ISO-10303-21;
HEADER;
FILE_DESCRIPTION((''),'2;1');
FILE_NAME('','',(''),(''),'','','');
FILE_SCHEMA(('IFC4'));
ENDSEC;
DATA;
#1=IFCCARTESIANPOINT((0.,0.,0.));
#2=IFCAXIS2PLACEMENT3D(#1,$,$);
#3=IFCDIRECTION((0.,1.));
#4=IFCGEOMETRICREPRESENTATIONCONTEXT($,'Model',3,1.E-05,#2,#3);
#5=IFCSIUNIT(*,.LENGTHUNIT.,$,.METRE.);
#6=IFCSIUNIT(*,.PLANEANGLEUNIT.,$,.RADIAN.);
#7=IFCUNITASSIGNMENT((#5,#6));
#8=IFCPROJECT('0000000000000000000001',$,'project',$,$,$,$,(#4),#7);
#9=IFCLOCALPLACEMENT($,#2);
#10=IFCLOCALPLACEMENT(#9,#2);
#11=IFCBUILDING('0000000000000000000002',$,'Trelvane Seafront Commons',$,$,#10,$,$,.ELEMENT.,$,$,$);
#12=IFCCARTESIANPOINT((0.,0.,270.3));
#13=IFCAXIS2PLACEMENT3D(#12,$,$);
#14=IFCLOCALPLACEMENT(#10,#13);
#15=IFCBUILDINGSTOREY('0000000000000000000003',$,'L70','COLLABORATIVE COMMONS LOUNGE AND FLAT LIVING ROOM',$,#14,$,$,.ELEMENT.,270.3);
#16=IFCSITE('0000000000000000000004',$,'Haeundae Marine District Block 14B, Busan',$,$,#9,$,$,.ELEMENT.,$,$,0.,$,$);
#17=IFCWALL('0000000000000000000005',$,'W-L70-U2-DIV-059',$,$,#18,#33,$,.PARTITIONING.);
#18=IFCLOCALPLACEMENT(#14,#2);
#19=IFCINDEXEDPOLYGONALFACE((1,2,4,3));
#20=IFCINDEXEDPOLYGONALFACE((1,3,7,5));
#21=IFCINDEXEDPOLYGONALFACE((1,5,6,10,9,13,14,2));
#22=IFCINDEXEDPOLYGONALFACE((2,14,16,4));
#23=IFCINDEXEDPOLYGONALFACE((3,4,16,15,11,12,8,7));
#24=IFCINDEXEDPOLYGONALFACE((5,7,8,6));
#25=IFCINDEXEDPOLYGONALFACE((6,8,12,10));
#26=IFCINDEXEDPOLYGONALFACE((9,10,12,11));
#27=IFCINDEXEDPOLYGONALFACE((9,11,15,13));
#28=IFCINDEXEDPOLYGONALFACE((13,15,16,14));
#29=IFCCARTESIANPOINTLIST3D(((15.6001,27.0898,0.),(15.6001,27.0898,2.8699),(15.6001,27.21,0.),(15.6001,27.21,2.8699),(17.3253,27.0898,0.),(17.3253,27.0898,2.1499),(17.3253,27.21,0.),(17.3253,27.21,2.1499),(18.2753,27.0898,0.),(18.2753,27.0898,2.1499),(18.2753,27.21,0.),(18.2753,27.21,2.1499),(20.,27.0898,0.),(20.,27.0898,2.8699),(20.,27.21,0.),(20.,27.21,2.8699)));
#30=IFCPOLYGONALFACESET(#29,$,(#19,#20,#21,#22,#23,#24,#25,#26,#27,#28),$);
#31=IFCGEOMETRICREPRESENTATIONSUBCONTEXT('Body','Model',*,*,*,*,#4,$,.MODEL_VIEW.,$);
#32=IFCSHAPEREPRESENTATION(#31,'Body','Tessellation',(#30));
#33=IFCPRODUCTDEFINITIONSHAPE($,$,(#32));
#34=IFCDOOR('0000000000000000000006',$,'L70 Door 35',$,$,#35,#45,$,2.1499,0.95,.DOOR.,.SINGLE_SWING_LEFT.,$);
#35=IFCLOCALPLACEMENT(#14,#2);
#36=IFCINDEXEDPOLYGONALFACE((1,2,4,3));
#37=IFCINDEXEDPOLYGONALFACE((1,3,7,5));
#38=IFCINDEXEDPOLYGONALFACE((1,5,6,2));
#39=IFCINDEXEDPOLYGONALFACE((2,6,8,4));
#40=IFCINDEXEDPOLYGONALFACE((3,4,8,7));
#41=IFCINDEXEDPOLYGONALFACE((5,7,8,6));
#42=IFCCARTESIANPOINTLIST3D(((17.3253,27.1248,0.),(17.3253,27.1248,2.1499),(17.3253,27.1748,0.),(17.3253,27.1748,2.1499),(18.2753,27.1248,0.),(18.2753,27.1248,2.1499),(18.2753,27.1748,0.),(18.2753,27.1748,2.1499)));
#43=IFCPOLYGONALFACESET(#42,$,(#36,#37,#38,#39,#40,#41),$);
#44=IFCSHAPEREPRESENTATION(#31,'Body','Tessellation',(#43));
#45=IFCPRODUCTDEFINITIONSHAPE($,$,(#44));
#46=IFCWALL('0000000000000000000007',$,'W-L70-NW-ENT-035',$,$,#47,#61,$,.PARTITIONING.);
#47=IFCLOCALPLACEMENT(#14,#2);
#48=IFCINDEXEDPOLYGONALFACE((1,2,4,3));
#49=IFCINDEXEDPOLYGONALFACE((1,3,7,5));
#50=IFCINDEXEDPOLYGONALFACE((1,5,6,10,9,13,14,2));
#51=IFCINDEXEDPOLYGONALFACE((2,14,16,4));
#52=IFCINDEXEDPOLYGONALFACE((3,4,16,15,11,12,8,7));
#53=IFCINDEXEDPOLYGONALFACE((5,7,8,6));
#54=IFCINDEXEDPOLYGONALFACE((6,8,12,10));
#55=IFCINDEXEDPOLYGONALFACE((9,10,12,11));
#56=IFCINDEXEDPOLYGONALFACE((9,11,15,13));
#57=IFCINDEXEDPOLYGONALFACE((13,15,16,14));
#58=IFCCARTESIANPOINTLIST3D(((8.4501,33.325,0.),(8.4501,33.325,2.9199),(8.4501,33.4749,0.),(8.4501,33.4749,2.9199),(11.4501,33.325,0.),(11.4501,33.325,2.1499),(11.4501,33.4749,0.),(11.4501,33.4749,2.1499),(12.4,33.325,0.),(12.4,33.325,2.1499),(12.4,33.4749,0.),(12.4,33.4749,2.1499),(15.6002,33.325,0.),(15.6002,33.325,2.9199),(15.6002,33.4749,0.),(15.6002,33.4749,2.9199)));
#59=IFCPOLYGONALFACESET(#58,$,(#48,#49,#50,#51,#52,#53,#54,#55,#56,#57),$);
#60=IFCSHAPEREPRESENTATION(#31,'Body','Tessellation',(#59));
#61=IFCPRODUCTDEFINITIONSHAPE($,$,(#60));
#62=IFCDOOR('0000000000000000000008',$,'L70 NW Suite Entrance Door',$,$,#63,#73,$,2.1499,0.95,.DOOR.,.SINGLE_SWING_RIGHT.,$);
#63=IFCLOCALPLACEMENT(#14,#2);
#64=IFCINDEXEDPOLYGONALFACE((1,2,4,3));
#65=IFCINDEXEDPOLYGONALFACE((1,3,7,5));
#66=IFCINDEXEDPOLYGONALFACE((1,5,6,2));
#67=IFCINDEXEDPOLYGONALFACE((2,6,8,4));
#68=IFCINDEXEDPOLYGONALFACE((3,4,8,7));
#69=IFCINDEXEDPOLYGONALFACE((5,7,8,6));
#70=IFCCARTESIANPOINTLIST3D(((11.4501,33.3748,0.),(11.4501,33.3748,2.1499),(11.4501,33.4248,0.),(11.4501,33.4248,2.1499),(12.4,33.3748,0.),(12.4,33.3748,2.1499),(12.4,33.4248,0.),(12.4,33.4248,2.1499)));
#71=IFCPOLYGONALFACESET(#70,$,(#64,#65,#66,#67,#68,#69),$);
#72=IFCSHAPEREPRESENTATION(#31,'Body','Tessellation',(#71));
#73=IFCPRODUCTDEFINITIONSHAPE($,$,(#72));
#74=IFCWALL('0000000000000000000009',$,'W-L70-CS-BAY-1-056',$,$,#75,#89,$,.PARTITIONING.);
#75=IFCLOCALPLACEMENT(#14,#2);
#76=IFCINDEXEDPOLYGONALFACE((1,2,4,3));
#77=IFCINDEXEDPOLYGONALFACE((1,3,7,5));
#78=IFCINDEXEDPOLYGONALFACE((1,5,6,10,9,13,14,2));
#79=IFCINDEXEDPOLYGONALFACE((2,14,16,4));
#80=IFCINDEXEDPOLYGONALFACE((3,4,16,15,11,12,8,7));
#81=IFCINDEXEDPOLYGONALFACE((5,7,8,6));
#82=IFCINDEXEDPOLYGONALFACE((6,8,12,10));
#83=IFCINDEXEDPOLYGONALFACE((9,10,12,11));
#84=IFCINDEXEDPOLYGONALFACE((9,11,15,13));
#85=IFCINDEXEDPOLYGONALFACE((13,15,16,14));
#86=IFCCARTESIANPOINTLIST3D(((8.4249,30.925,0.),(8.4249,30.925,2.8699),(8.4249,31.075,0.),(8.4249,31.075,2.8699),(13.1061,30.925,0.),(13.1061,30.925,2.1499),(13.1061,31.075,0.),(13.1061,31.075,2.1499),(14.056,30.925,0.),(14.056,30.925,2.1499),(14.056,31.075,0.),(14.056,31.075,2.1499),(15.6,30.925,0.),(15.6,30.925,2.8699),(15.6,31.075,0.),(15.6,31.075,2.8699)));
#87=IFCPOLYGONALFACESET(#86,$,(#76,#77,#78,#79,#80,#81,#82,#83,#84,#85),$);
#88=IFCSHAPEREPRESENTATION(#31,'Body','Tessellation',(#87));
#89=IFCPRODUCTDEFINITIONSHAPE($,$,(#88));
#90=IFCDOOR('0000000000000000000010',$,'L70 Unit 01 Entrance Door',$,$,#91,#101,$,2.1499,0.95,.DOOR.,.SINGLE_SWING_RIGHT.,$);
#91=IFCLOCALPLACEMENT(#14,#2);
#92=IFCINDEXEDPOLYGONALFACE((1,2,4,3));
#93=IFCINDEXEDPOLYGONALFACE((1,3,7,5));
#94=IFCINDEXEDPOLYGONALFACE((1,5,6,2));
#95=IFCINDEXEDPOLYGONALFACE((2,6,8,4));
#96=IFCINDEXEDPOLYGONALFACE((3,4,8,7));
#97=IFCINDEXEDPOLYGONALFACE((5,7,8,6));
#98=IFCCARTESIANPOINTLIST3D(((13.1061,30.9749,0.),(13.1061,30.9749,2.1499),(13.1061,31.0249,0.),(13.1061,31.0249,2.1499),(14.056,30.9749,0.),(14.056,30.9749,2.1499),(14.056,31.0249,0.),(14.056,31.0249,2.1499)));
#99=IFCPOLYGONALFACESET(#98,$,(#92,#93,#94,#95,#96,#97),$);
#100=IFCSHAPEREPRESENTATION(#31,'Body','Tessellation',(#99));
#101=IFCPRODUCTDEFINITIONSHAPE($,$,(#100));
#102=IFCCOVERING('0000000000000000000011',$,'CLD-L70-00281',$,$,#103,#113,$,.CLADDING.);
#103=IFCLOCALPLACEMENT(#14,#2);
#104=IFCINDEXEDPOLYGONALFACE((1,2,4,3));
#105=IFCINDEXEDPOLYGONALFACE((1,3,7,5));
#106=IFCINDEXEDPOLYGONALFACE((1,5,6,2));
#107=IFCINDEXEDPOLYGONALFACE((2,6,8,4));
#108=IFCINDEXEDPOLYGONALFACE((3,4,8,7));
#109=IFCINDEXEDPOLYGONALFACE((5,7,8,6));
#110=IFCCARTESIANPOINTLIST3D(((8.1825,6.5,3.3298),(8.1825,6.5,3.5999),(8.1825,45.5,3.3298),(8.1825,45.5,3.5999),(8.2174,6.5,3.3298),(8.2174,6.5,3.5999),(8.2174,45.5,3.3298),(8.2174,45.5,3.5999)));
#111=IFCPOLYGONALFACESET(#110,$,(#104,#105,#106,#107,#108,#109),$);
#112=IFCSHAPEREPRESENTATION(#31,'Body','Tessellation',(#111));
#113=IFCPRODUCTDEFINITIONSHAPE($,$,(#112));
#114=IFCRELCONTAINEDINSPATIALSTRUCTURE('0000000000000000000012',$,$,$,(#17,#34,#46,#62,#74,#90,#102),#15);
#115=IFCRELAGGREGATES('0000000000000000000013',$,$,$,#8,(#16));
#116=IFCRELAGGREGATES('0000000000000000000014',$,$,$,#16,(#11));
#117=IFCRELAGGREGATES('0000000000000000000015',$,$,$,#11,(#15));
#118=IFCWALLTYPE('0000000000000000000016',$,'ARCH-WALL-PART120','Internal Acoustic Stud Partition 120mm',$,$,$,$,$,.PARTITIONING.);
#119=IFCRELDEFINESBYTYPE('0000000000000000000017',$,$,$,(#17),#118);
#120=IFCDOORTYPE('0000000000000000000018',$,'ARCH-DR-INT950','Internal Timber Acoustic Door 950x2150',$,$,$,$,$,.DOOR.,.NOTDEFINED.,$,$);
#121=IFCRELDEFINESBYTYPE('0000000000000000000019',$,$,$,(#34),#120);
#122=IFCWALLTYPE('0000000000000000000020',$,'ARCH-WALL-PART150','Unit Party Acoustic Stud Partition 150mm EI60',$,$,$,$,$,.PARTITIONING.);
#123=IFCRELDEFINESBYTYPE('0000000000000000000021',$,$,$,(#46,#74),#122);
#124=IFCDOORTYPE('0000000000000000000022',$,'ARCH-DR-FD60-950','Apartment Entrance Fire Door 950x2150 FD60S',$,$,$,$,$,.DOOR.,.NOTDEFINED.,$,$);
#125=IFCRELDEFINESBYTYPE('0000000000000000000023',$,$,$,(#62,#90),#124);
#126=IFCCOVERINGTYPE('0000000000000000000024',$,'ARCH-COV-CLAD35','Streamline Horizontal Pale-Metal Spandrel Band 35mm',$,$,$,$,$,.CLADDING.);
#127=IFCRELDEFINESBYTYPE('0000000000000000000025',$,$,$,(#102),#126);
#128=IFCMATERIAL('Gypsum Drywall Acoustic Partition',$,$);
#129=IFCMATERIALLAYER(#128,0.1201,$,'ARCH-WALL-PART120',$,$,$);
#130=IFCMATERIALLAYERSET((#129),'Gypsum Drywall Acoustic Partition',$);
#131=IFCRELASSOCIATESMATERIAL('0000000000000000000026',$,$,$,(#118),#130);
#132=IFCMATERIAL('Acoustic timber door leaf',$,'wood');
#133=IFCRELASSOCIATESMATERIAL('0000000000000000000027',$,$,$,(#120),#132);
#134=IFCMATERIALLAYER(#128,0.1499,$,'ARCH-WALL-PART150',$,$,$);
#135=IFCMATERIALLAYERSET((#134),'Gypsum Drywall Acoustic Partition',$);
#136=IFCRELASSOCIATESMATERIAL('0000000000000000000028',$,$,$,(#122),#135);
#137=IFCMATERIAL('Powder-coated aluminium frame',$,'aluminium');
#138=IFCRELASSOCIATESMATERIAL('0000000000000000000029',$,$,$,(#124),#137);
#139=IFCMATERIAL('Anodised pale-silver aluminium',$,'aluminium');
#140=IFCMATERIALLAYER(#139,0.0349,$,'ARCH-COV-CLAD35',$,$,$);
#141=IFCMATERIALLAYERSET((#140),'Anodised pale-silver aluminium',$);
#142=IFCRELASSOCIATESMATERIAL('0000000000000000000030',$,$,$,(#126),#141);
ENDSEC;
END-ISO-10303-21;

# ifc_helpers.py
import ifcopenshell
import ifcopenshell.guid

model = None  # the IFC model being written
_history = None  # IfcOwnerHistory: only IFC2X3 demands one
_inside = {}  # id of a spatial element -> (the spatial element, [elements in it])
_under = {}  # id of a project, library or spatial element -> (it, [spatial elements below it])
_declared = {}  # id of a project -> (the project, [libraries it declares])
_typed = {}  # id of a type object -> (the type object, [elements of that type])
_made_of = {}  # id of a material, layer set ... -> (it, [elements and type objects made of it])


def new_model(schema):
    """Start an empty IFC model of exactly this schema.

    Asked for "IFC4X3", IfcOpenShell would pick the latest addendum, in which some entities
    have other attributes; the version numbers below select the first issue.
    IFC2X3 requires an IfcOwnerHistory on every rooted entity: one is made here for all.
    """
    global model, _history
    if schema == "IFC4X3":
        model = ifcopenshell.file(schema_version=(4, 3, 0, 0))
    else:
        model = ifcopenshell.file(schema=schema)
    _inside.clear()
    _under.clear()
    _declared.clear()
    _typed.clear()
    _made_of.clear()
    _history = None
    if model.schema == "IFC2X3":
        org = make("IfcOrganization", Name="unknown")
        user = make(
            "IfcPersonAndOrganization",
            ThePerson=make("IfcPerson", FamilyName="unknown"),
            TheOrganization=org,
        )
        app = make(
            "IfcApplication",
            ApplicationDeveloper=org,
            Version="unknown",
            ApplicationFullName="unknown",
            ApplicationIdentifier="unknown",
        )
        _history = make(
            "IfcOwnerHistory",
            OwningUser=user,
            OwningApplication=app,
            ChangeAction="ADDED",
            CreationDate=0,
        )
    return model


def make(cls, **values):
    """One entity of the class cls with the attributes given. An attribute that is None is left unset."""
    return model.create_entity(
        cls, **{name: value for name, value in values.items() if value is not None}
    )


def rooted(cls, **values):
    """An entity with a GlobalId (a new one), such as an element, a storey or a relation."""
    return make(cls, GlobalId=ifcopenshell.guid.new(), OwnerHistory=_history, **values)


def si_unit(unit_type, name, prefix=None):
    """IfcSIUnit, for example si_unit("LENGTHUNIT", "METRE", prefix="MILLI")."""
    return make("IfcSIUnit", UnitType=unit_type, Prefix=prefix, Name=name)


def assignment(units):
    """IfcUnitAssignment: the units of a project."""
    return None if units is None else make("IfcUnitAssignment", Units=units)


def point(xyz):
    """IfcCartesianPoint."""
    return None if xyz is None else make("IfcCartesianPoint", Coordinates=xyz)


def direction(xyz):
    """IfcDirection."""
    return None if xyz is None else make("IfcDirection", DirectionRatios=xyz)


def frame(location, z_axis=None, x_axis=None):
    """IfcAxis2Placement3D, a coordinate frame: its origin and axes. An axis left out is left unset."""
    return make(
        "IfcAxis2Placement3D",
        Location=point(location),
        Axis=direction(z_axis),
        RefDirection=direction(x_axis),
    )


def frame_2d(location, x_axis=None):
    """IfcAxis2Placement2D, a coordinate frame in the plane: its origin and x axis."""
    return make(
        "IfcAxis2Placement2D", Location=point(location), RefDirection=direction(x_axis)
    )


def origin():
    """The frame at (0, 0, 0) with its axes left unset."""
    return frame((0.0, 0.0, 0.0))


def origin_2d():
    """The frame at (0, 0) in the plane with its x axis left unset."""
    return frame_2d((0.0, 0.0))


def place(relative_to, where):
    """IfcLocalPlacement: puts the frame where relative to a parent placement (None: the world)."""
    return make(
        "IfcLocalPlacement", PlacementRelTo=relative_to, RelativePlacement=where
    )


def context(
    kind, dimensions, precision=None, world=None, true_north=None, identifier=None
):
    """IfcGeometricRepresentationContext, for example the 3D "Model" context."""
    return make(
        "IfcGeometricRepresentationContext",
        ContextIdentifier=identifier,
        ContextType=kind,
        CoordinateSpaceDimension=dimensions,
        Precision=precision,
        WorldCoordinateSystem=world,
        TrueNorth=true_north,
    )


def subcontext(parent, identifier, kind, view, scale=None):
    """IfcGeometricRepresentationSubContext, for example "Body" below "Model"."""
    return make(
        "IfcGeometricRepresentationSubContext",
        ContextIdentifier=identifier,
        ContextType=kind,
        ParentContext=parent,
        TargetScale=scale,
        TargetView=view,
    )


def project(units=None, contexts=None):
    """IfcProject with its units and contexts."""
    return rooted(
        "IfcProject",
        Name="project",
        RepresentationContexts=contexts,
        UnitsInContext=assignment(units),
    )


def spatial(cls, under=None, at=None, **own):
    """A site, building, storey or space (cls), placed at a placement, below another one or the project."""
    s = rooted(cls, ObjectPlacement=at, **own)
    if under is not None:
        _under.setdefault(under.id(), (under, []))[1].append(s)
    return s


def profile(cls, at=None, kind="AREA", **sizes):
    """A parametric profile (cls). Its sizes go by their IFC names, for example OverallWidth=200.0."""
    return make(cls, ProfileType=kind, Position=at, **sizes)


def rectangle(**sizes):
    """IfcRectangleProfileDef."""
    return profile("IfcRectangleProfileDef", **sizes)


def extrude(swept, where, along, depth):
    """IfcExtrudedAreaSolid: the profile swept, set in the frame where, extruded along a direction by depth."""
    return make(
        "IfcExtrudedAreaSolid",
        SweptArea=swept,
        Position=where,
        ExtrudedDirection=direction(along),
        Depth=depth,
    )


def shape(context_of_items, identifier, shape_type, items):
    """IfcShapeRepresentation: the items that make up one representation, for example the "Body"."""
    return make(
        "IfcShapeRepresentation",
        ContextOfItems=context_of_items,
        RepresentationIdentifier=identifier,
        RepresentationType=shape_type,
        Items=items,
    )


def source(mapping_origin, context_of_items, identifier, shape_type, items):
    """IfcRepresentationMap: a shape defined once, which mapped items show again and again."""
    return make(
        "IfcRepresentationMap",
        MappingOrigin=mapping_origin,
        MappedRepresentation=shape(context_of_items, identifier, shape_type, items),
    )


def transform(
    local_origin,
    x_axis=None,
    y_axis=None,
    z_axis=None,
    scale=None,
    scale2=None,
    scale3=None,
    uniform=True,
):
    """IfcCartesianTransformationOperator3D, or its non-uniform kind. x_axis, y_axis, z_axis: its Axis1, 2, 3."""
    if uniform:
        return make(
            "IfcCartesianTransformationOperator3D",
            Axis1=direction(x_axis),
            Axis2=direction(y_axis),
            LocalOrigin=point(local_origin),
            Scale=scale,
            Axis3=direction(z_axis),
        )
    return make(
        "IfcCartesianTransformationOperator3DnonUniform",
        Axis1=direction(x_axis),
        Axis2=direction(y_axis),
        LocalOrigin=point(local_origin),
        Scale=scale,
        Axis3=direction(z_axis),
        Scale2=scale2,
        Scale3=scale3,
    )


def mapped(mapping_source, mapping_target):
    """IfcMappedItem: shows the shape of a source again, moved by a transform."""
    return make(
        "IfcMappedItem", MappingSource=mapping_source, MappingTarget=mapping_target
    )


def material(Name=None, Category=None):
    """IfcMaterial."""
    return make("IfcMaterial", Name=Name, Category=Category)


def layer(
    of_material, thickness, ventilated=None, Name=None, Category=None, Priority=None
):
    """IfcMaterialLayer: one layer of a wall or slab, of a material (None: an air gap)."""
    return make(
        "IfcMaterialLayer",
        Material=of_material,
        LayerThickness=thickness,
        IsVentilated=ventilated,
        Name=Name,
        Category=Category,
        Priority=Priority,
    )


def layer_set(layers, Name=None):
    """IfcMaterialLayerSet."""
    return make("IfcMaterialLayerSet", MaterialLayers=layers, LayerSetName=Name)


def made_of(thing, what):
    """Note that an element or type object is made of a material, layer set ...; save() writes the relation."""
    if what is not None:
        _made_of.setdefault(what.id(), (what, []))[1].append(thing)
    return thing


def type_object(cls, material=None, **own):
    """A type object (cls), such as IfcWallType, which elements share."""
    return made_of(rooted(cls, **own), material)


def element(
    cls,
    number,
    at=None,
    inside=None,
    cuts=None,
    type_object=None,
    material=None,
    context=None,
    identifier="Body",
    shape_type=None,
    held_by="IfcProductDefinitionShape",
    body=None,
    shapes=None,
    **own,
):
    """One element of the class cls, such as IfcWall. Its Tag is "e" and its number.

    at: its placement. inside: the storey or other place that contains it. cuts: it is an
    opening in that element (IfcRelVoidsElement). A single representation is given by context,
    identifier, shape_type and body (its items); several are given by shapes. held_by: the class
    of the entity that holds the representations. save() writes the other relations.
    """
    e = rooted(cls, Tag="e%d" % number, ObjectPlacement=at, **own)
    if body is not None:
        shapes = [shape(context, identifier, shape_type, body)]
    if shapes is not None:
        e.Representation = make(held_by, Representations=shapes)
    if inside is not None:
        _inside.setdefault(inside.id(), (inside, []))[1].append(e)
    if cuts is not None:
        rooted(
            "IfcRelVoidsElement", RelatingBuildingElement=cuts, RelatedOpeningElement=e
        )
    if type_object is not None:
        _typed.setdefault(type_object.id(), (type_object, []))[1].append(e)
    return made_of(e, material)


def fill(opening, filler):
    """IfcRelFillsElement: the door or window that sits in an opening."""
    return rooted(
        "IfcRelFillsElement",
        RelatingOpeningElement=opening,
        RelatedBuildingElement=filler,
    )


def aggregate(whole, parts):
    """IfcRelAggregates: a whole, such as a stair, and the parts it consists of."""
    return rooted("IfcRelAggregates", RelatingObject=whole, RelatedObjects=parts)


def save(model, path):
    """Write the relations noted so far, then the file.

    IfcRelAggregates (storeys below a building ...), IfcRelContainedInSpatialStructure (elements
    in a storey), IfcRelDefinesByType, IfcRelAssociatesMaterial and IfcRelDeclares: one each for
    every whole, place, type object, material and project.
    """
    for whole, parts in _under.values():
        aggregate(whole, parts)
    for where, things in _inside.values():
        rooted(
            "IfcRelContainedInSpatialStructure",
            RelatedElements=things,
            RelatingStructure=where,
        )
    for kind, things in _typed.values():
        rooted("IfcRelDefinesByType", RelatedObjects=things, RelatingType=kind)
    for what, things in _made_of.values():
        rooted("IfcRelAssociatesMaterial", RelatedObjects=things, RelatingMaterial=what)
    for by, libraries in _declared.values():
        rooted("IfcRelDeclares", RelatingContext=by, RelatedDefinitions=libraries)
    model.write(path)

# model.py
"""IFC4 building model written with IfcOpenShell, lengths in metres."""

from ifc_helpers import new_model, si_unit, direction, frame, frame_2d, origin, origin_2d, place, context, subcontext, project, spatial, rectangle, extrude, source, transform, mapped, material, layer, layer_set, type_object, element, fill, save


model = new_model("IFC4")

# Units and contexts
model_context = context("Model", 3, precision=1e-05, world=origin(), true_north=direction((0.0, 1.0)))
body_context = subcontext(model_context, "Body", "Model", "MODEL_VIEW")
ifc_project = project(units=[si_unit("LENGTHUNIT", "METRE"), si_unit("PLANEANGLEUNIT", "RADIAN")], contexts=[model_context])

# Site, building, storey
site_placement = place(None, origin())
site = spatial("IfcSite", under=ifc_project, at=site_placement, Name="Haeundae Marine District Block 14B, Busan", CompositionType="ELEMENT", RefElevation=0.0)
building_placement = place(site_placement, origin())
building = spatial("IfcBuilding", under=site, at=building_placement, Name="Trelvane Seafront Commons", CompositionType="ELEMENT")
storey_placement = place(building_placement, frame((0.0, 0.0, 270.3)))
storey = spatial("IfcBuildingStorey", under=building, at=storey_placement, Name="L70", Description="COLLABORATIVE COMMONS LOUNGE AND FLAT LIVING ROOM", CompositionType="ELEMENT", Elevation=270.3)

# Shared definitions
ifc_material_1 = material(Name="Anodised pale-silver aluminium", Category="aluminium")

# Shared definitions
ifc_material_2 = material(Name="Gypsum Drywall Acoustic Partition")
ifc_layer_1 = layer(ifc_material_2, 0.1201, Name="ARCH-WALL-PART120")
ifc_layer_set_1 = layer_set([ifc_layer_1], Name="Gypsum Drywall Acoustic Partition")
wall_type_1 = type_object("IfcWallType", Name="ARCH-WALL-PART120", Description="Internal Acoustic Stud Partition 120mm", PredefinedType="PARTITIONING", material=ifc_layer_set_1)
ifc_material_3 = material(Name="Acoustic timber door leaf", Category="wood")
door_type_1 = type_object("IfcDoorType", Name="ARCH-DR-INT950", Description="Internal Timber Acoustic Door 950x2150", OperationType="NOTDEFINED", PredefinedType="DOOR", material=ifc_material_3)
shared_shape_1 = source(origin(), body_context, "Body", "SweptSolid", [
    extrude(rectangle(XDim=0.95, YDim=2.1499, at=frame_2d((0.4751, 1.075))), frame((0.0, 0.0249, 0.0), z_axis=(0.0, -1.0, 0.0), x_axis=(1.0, 0.0, 0.0)), (0.0, 0.0, 1.0), 0.05),
])

# Walls, openings, doors
wall_1_placement = place(storey_placement, frame((15.6001, 27.1499, 0.0), z_axis=(0.0, 0.0, 1.0), x_axis=(1.0, 0.0, 0.0)))
wall_1 = element("IfcWall", 1, at=wall_1_placement, inside=storey, type_object=wall_type_1, Name="W-L70-U2-DIV-059", PredefinedType="PARTITIONING", context=body_context, shape_type="SweptSolid", body=[
    extrude(rectangle(XDim=4.3999, YDim=0.1201, at=frame_2d((2.2, 0.0))), origin(), (0.0, 0.0, 1.0), 2.8699),
])
opening_1_placement = place(wall_1_placement, frame((1.7251, 0.0, 0.0)))
opening_1 = element("IfcOpeningElement", 2, at=opening_1_placement, cuts=wall_1, PredefinedType="OPENING", context=body_context, shape_type="SweptSolid", body=[
    extrude(rectangle(XDim=0.95, YDim=2.1499, at=frame_2d((0.4751, 1.075))), frame((0.0, 0.0701, 0.0), z_axis=(0.0, -1.0, 0.0), x_axis=(1.0, 0.0, 0.0)), (0.0, 0.0, 1.0), 0.1401),
])
door_1_placement = place(opening_1_placement, origin())
door_1 = element("IfcDoor", 3, at=door_1_placement, inside=storey, type_object=door_type_1, Name="L70 Door 35", OperationType="SINGLE_SWING_LEFT", OverallHeight=2.1499, OverallWidth=0.95, PredefinedType="DOOR", context=body_context, shape_type="MappedRepresentation", body=[
    mapped(shared_shape_1, transform((0.0, 0.0, 0.0), x_axis=(1.0, 0.0, 0.0), y_axis=(0.0, 1.0, 0.0), z_axis=(0.0, 0.0, 1.0), scale=1.0)),
])
fill(opening_1, door_1)
ifc_layer_2 = layer(ifc_material_2, 0.1499, Name="ARCH-WALL-PART150")
ifc_layer_set_2 = layer_set([ifc_layer_2], Name="Gypsum Drywall Acoustic Partition")
wall_type_2 = type_object("IfcWallType", Name="ARCH-WALL-PART150", Description="Unit Party Acoustic Stud Partition 150mm EI60", PredefinedType="PARTITIONING", material=ifc_layer_set_2)
wall_2_placement = place(storey_placement, frame((8.45, 33.3999, 0.0), z_axis=(0.0, 0.0, 1.0), x_axis=(1.0, 0.0, 0.0)))
wall_2 = element("IfcWall", 4, at=wall_2_placement, inside=storey, type_object=wall_type_2, Name="W-L70-NW-ENT-035", PredefinedType="PARTITIONING", context=body_context, shape_type="SweptSolid", body=[
    extrude(rectangle(XDim=7.1501, YDim=0.1499, at=frame_2d((3.5752, 0.0))), origin(), (0.0, 0.0, 1.0), 2.9199),
])
opening_2_placement = place(wall_2_placement, frame((3.0, 0.0, 0.0)))
opening_2 = element("IfcOpeningElement", 5, at=opening_2_placement, cuts=wall_2, PredefinedType="OPENING", context=body_context, shape_type="SweptSolid", body=[
    extrude(rectangle(XDim=0.95, YDim=2.1499, at=frame_2d((0.4751, 1.075))), frame((0.0, 0.085, 0.0), z_axis=(0.0, -1.0, 0.0), x_axis=(1.0, 0.0, 0.0)), (0.0, 0.0, 1.0), 0.1699),
])
ifc_material_4 = material(Name="Powder-coated aluminium frame", Category="aluminium")
door_type_2 = type_object("IfcDoorType", Name="ARCH-DR-FD60-950", Description="Apartment Entrance Fire Door 950x2150 FD60S", OperationType="NOTDEFINED", PredefinedType="DOOR", material=ifc_material_4)
door_2_placement = place(opening_2_placement, origin())
door_2 = element("IfcDoor", 6, at=door_2_placement, inside=storey, type_object=door_type_2, Name="L70 NW Suite Entrance Door", OperationType="SINGLE_SWING_RIGHT", OverallHeight=2.1499, OverallWidth=0.95, PredefinedType="DOOR", context=body_context, shape_type="MappedRepresentation", body=[
    mapped(shared_shape_1, transform((0.0, 0.0, 0.0), x_axis=(1.0, 0.0, 0.0), y_axis=(0.0, 1.0, 0.0), z_axis=(0.0, 0.0, 1.0), scale=1.0)),
])
fill(opening_2, door_2)
wall_3_placement = place(storey_placement, frame((8.425, 31.0, 0.0), z_axis=(0.0, 0.0, 1.0), x_axis=(1.0, 0.0, 0.0)))
wall_3 = element("IfcWall", 7, at=wall_3_placement, inside=storey, type_object=wall_type_2, Name="W-L70-CS-BAY-1-056", PredefinedType="PARTITIONING", context=body_context, shape_type="SweptSolid", body=[
    extrude(rectangle(XDim=7.175, YDim=0.1499, at=frame_2d((3.5874, 0.0))), origin(), (0.0, 0.0, 1.0), 2.8699),
])
opening_3_placement = place(wall_3_placement, frame((4.6809, 0.0, 0.0)))
opening_3 = element("IfcOpeningElement", 8, at=opening_3_placement, cuts=wall_3, PredefinedType="OPENING", context=body_context, shape_type="SweptSolid", body=[
    extrude(rectangle(XDim=0.95, YDim=2.1499, at=frame_2d((0.4751, 1.075))), frame((0.0, 0.085, 0.0), z_axis=(0.0, -1.0, 0.0), x_axis=(1.0, 0.0, 0.0)), (0.0, 0.0, 1.0), 0.1699),
])
door_3_placement = place(opening_3_placement, origin())
door_3 = element("IfcDoor", 9, at=door_3_placement, inside=storey, type_object=door_type_2, Name="L70 Unit 01 Entrance Door", OperationType="SINGLE_SWING_RIGHT", OverallHeight=2.1499, OverallWidth=0.95, PredefinedType="DOOR", context=body_context, shape_type="MappedRepresentation", body=[
    mapped(shared_shape_1, transform((0.0, 0.0, 0.0), x_axis=(1.0, 0.0, 0.0), y_axis=(0.0, 1.0, 0.0), z_axis=(0.0, 0.0, 1.0), scale=1.0)),
])
fill(opening_3, door_3)

# Covering
ifc_layer_3 = layer(ifc_material_1, 0.0349, Name="ARCH-COV-CLAD35")
ifc_layer_set_3 = layer_set([ifc_layer_3], Name="Anodised pale-silver aluminium")
covering_type = type_object("IfcCoveringType", Name="ARCH-COV-CLAD35", Description="Streamline Horizontal Pale-Metal Spandrel Band 35mm", PredefinedType="CLADDING", material=ifc_layer_set_3)
shared_shape_2 = source(origin(), body_context, "Body", "SweptSolid", [
    extrude(rectangle(XDim=39.0, YDim=0.0349, at=origin_2d()), origin(), (0.0, 0.0, 1.0), 0.27),
])
covering_placement = place(storey_placement, frame((8.2, 26.0, 3.3298), z_axis=(0.0, 0.0, 1.0), x_axis=(0.0, 1.0, 0.0)))
element("IfcCovering", 10, at=covering_placement, inside=storey, type_object=covering_type, Name="CLD-L70-00281", PredefinedType="CLADDING", context=body_context, shape_type="MappedRepresentation", body=[
    mapped(shared_shape_2, transform((0.0, 0.0, 0.0), x_axis=(1.0, 0.0, 0.0), y_axis=(0.0, 1.0, 0.0), z_axis=(0.0, 0.0, 1.0), scale=1.0)),
])

save(model, "model.ifc")
